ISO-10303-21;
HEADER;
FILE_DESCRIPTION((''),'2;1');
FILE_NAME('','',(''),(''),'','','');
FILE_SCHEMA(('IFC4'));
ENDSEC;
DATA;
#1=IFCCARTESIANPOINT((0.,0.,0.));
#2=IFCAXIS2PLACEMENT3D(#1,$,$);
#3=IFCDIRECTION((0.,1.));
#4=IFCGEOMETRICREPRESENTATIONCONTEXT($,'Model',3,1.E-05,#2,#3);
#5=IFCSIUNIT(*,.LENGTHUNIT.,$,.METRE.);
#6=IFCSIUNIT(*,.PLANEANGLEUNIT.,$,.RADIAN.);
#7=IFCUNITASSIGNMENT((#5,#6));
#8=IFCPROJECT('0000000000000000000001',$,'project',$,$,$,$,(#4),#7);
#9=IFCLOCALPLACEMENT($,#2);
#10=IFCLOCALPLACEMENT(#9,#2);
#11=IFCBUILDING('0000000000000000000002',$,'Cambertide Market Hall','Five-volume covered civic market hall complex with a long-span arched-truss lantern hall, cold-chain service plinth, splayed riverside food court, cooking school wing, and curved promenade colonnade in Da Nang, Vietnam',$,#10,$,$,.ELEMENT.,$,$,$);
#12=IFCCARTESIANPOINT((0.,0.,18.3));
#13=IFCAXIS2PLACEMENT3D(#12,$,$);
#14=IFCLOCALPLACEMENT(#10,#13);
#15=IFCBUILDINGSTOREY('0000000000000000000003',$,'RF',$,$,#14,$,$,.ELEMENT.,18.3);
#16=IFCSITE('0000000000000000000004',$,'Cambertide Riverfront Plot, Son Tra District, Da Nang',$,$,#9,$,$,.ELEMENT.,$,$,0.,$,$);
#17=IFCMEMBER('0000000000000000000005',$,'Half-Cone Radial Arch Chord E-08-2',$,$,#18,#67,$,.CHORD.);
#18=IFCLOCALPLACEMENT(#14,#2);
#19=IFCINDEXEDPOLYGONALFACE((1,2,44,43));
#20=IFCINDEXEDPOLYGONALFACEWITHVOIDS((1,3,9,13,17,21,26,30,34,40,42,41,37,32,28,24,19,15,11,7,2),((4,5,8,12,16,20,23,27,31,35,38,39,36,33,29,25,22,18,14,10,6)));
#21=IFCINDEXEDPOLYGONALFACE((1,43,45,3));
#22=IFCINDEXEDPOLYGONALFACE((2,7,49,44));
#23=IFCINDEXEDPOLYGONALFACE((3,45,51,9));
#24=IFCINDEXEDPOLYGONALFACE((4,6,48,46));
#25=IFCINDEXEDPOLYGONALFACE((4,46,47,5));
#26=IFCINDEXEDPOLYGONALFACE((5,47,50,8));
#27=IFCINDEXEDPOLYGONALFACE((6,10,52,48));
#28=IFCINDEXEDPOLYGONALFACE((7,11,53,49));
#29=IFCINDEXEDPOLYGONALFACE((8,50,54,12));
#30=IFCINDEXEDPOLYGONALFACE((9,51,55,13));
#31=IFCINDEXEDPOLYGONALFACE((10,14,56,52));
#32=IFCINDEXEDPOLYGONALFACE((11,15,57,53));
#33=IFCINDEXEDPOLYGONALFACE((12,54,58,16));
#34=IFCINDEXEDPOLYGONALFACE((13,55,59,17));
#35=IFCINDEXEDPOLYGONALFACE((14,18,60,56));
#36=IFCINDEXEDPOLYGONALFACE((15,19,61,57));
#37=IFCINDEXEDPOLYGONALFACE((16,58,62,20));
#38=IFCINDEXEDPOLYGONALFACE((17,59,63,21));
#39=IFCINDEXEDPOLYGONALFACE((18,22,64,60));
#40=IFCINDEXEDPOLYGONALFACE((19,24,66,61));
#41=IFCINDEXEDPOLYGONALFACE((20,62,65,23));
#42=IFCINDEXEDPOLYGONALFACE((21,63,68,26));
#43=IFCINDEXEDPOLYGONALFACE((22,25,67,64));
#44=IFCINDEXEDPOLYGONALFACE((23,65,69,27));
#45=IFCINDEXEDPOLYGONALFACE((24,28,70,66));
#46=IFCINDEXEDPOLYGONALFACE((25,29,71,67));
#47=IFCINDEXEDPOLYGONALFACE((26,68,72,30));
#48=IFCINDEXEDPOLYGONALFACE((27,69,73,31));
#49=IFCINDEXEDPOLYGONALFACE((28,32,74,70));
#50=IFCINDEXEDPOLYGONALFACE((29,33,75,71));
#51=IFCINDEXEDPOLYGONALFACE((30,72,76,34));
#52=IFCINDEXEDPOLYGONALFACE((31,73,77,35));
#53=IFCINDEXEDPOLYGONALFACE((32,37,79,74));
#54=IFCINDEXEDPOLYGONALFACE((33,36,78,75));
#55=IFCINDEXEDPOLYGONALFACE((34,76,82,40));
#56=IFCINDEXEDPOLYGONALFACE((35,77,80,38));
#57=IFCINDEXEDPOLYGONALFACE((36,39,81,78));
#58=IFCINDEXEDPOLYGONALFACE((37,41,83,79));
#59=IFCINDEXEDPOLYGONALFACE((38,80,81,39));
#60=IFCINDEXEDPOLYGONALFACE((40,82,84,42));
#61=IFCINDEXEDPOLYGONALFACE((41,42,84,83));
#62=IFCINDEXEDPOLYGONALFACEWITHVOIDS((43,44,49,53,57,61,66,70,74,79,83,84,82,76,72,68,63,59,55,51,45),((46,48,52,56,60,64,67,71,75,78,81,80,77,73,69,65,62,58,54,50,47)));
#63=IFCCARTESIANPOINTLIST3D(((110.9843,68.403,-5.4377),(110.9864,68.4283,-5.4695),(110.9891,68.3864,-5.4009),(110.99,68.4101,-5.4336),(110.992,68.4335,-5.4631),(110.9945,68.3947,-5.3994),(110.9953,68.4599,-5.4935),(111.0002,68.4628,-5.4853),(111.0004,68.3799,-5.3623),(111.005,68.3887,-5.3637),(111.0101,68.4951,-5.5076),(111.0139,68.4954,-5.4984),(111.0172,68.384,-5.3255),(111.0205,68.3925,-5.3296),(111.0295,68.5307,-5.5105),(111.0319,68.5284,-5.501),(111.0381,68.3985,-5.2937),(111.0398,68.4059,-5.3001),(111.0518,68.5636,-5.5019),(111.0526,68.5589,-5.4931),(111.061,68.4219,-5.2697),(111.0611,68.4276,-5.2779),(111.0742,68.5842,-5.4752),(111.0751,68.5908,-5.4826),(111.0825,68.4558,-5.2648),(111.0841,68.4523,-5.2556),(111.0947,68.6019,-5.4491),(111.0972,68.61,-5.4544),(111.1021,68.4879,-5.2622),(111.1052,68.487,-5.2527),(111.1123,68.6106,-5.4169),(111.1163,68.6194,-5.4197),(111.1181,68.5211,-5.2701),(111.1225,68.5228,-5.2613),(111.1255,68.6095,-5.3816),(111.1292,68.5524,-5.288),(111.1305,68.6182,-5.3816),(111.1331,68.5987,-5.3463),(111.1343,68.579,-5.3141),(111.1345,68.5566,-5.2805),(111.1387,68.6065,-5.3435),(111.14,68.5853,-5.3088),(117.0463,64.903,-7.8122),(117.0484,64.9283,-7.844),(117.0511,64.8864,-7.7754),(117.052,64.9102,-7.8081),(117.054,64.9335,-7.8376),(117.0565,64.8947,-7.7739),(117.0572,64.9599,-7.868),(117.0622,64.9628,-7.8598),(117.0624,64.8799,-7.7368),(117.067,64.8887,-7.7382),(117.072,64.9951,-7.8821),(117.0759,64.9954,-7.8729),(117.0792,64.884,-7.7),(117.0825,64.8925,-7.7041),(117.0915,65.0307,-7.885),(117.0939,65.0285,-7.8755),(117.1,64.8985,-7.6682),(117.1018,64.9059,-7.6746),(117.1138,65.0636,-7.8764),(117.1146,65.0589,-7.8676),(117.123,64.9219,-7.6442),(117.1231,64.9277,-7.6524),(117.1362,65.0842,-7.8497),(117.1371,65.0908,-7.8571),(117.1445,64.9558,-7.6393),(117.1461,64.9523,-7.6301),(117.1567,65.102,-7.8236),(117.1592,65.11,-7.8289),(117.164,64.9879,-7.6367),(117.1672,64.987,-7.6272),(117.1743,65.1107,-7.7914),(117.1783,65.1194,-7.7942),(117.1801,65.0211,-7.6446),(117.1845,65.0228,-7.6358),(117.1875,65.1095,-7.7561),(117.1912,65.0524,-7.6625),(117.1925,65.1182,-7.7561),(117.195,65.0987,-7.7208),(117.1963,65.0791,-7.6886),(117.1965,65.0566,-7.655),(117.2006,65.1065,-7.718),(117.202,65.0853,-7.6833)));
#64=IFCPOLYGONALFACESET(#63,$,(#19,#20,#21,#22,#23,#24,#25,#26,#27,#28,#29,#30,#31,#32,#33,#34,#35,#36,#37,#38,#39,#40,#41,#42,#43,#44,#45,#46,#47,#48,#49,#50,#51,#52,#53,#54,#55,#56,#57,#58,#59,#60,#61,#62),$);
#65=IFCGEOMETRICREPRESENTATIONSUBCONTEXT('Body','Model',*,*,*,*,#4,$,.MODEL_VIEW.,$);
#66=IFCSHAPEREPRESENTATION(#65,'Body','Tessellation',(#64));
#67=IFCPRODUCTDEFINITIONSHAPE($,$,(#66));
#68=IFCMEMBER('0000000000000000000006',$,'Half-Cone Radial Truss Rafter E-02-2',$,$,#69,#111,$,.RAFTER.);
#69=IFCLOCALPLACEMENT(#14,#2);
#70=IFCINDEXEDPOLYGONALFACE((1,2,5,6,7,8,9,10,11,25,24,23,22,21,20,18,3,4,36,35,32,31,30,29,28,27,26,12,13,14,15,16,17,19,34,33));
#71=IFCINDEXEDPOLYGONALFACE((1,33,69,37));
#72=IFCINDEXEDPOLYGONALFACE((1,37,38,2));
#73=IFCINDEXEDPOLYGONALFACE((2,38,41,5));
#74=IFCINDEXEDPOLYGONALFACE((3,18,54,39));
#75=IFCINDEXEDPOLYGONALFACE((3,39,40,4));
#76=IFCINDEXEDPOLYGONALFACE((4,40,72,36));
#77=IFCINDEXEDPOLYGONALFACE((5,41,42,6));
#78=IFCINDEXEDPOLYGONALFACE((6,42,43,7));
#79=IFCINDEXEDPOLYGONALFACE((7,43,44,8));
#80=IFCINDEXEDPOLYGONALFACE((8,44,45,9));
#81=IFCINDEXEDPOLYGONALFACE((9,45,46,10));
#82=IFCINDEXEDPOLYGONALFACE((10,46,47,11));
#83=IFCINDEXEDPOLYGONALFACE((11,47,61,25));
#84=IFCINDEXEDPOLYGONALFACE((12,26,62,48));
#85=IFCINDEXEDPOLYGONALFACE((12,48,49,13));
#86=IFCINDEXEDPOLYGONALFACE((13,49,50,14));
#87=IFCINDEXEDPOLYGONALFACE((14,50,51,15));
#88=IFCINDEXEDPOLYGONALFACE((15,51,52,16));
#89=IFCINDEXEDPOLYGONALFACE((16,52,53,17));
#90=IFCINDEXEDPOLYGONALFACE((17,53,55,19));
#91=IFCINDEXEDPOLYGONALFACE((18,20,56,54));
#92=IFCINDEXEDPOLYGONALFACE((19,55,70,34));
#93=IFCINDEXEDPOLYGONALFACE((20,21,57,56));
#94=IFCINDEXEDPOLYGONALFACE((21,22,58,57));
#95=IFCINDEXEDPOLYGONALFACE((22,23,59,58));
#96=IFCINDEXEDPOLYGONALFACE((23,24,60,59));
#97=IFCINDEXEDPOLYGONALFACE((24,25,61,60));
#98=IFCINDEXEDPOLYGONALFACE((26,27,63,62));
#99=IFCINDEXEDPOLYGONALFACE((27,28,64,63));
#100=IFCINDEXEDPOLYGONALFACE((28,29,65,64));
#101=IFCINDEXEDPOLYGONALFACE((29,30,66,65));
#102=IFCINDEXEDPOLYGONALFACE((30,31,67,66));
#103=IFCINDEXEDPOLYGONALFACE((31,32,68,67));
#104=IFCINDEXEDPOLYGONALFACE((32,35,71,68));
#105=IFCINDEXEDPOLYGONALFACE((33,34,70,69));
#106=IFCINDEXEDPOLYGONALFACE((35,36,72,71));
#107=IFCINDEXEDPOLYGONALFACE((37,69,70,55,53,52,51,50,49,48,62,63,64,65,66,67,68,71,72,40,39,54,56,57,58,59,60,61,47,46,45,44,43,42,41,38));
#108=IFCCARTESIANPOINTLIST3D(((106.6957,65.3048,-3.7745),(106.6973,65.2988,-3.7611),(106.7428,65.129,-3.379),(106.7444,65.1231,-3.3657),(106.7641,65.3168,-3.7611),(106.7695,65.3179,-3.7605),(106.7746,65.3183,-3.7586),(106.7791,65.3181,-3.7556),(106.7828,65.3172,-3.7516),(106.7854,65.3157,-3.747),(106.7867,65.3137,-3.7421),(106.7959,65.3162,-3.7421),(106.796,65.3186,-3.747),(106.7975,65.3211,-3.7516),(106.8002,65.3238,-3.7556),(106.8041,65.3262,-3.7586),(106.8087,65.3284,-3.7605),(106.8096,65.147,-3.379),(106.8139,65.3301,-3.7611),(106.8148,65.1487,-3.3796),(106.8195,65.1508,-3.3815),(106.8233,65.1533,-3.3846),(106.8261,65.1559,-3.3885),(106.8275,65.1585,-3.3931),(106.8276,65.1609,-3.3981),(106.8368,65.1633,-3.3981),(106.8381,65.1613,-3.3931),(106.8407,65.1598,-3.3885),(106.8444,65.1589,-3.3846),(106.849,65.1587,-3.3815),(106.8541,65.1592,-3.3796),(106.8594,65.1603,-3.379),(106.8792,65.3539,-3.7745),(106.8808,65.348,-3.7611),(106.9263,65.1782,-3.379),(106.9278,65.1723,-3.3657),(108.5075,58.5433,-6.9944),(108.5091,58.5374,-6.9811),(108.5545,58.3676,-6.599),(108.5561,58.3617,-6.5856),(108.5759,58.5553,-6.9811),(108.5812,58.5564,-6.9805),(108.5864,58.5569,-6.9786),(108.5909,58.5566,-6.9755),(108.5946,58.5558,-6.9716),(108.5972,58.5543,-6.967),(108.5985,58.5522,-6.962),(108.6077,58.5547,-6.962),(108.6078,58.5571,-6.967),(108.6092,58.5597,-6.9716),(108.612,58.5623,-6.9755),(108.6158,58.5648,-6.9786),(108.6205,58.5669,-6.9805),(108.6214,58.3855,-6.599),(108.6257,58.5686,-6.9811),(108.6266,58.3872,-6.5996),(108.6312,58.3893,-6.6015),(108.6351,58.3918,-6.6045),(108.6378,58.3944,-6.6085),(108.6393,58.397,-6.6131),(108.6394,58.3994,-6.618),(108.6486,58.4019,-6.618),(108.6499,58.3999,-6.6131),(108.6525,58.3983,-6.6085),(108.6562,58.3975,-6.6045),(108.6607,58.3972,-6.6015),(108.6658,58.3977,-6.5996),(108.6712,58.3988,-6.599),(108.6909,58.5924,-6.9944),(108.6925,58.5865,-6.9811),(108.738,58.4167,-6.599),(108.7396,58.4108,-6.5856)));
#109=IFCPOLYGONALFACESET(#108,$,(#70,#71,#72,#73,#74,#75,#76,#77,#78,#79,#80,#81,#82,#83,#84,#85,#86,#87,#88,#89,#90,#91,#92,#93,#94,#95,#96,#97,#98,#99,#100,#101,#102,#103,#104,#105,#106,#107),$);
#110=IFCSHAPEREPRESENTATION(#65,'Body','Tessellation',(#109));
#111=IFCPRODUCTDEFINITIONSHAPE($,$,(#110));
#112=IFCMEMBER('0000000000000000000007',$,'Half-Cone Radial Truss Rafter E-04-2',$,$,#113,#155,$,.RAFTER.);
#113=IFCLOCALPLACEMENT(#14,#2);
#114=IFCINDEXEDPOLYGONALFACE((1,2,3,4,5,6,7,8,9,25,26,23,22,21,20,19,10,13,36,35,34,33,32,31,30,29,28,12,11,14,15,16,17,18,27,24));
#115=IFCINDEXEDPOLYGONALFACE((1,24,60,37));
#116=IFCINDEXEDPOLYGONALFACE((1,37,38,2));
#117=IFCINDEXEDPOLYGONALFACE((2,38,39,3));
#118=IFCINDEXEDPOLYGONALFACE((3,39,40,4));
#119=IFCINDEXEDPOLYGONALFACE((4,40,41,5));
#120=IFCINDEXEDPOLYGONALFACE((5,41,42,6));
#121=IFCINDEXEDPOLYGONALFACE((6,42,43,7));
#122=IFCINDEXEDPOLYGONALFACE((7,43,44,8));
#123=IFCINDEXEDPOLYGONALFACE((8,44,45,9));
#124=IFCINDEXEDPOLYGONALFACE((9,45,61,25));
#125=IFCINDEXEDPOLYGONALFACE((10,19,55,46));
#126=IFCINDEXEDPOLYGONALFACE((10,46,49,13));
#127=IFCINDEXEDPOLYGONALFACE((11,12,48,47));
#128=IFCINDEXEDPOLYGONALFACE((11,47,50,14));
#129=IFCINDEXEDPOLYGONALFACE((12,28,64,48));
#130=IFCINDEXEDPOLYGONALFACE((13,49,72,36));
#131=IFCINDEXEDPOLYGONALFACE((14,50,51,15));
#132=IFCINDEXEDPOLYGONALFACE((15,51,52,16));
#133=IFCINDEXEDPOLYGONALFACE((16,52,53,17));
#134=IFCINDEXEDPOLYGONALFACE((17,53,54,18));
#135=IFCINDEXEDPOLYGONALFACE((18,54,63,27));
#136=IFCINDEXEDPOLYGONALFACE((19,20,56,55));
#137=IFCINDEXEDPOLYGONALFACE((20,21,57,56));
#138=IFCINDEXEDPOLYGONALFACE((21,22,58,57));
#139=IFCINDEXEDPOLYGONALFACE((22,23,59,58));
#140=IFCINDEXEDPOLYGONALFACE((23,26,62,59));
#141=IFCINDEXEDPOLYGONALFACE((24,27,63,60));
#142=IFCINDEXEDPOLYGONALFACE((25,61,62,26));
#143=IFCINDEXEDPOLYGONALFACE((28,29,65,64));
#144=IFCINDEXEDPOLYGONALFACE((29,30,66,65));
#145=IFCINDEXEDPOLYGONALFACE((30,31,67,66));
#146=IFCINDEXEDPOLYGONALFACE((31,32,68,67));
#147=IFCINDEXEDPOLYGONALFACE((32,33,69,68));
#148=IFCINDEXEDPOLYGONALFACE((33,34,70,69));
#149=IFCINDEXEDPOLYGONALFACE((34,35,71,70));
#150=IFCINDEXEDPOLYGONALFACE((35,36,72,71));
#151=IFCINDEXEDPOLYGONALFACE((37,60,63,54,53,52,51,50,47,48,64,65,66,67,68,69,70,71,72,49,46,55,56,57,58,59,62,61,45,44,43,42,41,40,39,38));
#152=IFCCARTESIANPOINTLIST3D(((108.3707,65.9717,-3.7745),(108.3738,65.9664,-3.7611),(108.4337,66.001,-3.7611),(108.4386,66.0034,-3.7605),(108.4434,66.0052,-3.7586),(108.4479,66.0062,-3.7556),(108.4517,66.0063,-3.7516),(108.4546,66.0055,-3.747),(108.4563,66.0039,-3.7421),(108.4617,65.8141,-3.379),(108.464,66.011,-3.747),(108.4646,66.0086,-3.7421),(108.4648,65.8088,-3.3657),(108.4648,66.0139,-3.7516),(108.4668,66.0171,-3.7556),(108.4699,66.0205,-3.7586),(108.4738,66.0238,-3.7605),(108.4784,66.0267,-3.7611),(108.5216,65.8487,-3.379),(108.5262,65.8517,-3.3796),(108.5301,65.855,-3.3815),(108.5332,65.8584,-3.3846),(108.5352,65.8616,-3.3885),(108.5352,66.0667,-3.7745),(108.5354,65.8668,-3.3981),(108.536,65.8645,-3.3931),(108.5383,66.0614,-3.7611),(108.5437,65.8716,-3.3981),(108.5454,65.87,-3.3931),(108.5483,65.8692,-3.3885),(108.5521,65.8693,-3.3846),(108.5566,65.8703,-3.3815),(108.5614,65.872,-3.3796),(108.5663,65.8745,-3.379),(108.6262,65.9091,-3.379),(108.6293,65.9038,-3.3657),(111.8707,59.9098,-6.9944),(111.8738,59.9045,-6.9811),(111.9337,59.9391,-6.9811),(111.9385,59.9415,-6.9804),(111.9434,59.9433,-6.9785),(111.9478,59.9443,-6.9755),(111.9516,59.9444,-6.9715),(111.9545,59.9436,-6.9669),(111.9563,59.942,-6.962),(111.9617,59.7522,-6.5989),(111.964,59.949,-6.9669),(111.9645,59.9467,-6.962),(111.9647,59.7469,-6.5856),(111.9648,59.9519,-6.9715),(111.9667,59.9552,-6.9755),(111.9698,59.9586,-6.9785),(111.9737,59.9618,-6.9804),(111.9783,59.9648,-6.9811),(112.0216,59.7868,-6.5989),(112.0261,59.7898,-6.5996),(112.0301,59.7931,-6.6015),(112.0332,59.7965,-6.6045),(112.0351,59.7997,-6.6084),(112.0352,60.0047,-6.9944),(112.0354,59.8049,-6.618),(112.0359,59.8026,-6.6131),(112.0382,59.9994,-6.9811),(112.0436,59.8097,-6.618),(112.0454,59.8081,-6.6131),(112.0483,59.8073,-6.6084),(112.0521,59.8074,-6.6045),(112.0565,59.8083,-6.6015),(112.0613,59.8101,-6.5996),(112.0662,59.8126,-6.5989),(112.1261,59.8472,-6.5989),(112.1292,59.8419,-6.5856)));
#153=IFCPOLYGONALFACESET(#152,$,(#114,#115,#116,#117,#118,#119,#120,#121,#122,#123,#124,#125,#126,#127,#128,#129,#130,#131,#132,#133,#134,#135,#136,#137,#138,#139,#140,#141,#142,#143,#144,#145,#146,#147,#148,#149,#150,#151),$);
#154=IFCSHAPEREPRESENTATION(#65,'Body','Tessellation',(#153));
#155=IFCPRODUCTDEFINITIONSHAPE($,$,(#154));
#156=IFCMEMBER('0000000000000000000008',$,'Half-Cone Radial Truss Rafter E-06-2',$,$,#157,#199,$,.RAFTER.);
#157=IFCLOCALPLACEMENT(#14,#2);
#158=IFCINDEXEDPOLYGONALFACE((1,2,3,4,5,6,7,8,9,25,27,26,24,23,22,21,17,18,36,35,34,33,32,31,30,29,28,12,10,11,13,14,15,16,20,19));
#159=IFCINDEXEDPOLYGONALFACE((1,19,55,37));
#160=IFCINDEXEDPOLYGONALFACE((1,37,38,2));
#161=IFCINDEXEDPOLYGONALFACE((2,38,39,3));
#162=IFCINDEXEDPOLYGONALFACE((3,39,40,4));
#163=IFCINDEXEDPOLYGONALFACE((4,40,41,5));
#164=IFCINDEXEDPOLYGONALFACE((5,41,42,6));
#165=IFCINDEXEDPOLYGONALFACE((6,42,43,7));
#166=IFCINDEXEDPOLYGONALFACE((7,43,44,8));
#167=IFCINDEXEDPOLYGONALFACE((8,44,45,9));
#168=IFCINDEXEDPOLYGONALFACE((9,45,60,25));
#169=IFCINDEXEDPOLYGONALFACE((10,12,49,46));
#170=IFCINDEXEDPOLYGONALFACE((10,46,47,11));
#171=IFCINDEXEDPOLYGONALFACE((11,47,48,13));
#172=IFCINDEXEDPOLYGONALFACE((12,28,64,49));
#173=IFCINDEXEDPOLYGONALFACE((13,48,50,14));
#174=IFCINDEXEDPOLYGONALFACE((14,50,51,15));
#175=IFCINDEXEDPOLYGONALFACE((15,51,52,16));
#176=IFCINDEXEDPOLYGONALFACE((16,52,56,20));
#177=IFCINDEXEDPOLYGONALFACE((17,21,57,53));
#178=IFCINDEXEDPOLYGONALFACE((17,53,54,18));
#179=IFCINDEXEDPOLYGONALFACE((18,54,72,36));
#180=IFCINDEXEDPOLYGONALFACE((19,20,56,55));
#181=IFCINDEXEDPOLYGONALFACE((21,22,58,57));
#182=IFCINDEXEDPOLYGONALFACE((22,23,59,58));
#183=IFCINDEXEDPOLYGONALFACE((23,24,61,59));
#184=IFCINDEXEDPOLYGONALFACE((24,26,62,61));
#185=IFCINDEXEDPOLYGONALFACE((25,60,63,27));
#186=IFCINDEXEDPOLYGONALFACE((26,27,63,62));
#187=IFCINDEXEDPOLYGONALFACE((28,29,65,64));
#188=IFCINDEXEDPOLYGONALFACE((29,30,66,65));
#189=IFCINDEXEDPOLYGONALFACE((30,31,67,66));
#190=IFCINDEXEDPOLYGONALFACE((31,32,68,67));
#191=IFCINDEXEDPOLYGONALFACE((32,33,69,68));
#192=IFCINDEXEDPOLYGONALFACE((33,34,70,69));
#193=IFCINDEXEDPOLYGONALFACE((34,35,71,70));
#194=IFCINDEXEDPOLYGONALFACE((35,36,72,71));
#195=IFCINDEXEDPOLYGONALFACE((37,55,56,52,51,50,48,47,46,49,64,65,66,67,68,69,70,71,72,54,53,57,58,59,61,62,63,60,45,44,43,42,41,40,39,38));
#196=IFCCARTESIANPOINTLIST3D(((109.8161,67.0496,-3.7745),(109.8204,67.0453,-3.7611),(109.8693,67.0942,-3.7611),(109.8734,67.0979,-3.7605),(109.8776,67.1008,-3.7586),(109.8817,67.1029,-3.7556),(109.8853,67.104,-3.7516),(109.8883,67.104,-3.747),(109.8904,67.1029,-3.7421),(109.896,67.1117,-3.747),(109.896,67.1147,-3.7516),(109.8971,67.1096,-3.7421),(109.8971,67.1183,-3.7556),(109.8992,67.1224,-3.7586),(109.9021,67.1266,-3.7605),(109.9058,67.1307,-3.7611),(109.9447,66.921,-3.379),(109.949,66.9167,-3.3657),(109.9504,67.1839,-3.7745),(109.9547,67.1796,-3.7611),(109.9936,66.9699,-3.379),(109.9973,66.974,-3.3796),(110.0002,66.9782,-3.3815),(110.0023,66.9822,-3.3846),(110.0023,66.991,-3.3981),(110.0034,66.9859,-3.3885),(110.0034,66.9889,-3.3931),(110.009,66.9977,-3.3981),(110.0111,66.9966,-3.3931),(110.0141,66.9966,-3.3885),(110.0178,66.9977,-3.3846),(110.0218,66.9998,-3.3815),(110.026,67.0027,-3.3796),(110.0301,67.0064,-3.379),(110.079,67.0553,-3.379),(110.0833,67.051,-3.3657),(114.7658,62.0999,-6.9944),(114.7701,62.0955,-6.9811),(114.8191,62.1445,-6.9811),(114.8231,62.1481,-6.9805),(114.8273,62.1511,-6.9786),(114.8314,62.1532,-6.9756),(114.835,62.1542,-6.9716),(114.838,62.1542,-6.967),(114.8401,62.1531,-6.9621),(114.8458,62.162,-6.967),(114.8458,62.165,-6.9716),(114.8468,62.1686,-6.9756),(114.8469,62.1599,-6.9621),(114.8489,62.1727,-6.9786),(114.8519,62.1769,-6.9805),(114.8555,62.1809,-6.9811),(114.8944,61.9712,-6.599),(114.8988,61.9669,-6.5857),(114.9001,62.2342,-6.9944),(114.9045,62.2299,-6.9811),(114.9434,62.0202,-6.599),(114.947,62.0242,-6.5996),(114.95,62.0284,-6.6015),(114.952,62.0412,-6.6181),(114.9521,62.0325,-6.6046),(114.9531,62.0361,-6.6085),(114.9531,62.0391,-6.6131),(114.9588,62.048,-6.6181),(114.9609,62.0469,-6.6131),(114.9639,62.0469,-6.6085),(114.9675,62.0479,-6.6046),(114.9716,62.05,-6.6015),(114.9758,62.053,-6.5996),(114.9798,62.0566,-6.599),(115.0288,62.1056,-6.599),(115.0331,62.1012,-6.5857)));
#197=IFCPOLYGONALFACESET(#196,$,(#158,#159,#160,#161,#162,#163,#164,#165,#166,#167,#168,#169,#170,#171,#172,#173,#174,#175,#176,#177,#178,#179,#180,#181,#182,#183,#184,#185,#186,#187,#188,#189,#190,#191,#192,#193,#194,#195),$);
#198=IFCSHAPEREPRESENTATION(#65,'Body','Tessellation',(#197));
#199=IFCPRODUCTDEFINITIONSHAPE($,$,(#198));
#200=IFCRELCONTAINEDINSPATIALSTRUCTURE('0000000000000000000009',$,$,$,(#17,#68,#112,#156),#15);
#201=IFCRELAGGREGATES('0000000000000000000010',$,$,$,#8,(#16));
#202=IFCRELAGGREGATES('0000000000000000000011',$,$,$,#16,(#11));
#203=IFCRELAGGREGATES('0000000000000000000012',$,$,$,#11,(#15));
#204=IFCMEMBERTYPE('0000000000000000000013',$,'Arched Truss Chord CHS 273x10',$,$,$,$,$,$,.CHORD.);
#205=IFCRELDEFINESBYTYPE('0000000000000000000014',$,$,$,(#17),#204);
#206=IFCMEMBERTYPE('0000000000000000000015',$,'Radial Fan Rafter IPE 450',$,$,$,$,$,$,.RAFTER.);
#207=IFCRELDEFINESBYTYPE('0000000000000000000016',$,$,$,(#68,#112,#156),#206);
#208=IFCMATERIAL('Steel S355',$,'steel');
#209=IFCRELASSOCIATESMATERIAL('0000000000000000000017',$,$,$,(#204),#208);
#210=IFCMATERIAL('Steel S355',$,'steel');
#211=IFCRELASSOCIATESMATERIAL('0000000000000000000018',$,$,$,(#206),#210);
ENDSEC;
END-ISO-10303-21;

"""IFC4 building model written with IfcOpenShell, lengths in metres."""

from ifc_helpers import new_model, si_unit, direction, frame, origin, origin_2d, place, context, subcontext, project, spatial, hollow_circle, i_section, extrude, material, material_profile, profile_set, type_object, element, save


model = new_model("IFC4")

# Units and contexts
model_context = context("Model", 3, precision=1e-05, world=origin(), true_north=direction((0.0, 1.0)))
body_context = subcontext(model_context, "Body", "Model", "MODEL_VIEW")
ifc_project = project(units=[si_unit("LENGTHUNIT", "METRE"), si_unit("PLANEANGLEUNIT", "RADIAN")], contexts=[model_context])

# Site, building, storey
site_placement = place(None, origin())
site = spatial("IfcSite", under=ifc_project, at=site_placement, Name="Cambertide Riverfront Plot, Son Tra District, Da Nang", CompositionType="ELEMENT", RefElevation=0.0)
building_placement = place(site_placement, origin())
building = spatial("IfcBuilding", under=site, at=building_placement, Name="Cambertide Market Hall", Description="Five-volume covered civic market hall complex with a long-span arched-truss lantern hall, cold-chain service plinth, splayed riverside food court, cooking school wing, and curved promenade colonnade in Da Nang, Vietnam", CompositionType="ELEMENT")
storey_placement = place(building_placement, frame((0.0, 0.0, 18.3)))
storey = spatial("IfcBuildingStorey", under=building, at=storey_placement, Name="RF", CompositionType="ELEMENT", Elevation=18.3)

# Members
ifc_material_1 = material(Name="Steel S355", Category="steel")
ifc_material_profile_1 = material_profile(ifc_material_1, hollow_circle(Radius=0.1365, WallThickness=0.01, at=origin_2d()), Name="CHS 273x10")
ifc_profile_set_1 = profile_set([ifc_material_profile_1], Name="Steel S355")
member_type_1 = type_object("IfcMemberType", Name="Arched Truss Chord CHS 273x10", PredefinedType="CHORD", material=ifc_profile_set_1)
for number, where, z_axis, x_axis, name in (
    (1, (111.0623, 68.5, -5.3816), (0.820118, -0.473508, -0.321243), (0.50001, 0.866019, 0.0), "Half-Cone Radial Arch Chord E-08-2"),
):
    element("IfcMember", number, at=place(storey_placement, frame(where, z_axis=z_axis, x_axis=x_axis)), inside=storey, type_object=member_type_1, Name=name, PredefinedType="CHORD", context=body_context, shape_type="SweptSolid", body=[
        extrude(hollow_circle(Radius=0.1365, WallThickness=0.01, at=origin_2d()), origin(), (0.0, 0.0, 1.0), 7.3916),
    ])
ifc_material_2 = material(Name="Steel S355", Category="steel")
ifc_material_profile_2 = material_profile(ifc_material_2, i_section(OverallWidth=0.1899, OverallDepth=0.45, WebThickness=0.0095, FlangeThickness=0.0146, FilletRadius=0.021, at=origin_2d()), Name="IPE 450")
ifc_profile_set_2 = profile_set([ifc_material_profile_2], Name="Steel S355")
member_type_2 = type_object("IfcMemberType", Name="Radial Fan Rafter IPE 450", PredefinedType="RAFTER", material=ifc_profile_set_2)
member_1_placement = place(storey_placement, frame((106.8118, 65.2385, -3.5701), z_axis=(0.235139, -0.877535, -0.417902), x_axis=(0.965925, 0.258824, 0.0)))
element("IfcMember", 2, at=member_1_placement, inside=storey, type_object=member_type_2, Name="Half-Cone Radial Truss Rafter E-02-2", PredefinedType="RAFTER", context=body_context, shape_type="SweptSolid", body=[
    extrude(i_section(OverallWidth=0.1899, OverallDepth=0.45, WebThickness=0.0095, FlangeThickness=0.0146, FilletRadius=0.021, at=origin_2d()), origin(), (0.0, 0.0, 1.0), 7.7051),
])
member_2_placement = place(storey_placement, frame((108.5, 65.9377, -3.5701), z_axis=(0.454254, -0.786769, -0.41791), x_axis=(0.866019, 0.50001, 0.0)))
element("IfcMember", 3, at=member_2_placement, inside=storey, type_object=member_type_2, Name="Half-Cone Radial Truss Rafter E-04-2", PredefinedType="RAFTER", context=body_context, shape_type="SweptSolid", body=[
    extrude(i_section(OverallWidth=0.1899, OverallDepth=0.45, WebThickness=0.0095, FlangeThickness=0.0146, FilletRadius=0.021, at=origin_2d()), origin(), (0.0, 0.0, 1.0), 7.7048),
])
member_3_placement = place(storey_placement, frame((109.9497, 67.0503, -3.5701), z_axis=(0.6424, -0.6424, -0.417905), x_axis=(0.707107, 0.707107, 0.0)))
element("IfcMember", 4, at=member_3_placement, inside=storey, type_object=member_type_2, Name="Half-Cone Radial Truss Rafter E-06-2", PredefinedType="RAFTER", context=body_context, shape_type="SweptSolid", body=[
    extrude(i_section(OverallWidth=0.1899, OverallDepth=0.45, WebThickness=0.0095, FlangeThickness=0.0146, FilletRadius=0.021, at=origin_2d()), origin(), (0.0, 0.0, 1.0), 7.7051),
])

save(model, "model.ifc")
